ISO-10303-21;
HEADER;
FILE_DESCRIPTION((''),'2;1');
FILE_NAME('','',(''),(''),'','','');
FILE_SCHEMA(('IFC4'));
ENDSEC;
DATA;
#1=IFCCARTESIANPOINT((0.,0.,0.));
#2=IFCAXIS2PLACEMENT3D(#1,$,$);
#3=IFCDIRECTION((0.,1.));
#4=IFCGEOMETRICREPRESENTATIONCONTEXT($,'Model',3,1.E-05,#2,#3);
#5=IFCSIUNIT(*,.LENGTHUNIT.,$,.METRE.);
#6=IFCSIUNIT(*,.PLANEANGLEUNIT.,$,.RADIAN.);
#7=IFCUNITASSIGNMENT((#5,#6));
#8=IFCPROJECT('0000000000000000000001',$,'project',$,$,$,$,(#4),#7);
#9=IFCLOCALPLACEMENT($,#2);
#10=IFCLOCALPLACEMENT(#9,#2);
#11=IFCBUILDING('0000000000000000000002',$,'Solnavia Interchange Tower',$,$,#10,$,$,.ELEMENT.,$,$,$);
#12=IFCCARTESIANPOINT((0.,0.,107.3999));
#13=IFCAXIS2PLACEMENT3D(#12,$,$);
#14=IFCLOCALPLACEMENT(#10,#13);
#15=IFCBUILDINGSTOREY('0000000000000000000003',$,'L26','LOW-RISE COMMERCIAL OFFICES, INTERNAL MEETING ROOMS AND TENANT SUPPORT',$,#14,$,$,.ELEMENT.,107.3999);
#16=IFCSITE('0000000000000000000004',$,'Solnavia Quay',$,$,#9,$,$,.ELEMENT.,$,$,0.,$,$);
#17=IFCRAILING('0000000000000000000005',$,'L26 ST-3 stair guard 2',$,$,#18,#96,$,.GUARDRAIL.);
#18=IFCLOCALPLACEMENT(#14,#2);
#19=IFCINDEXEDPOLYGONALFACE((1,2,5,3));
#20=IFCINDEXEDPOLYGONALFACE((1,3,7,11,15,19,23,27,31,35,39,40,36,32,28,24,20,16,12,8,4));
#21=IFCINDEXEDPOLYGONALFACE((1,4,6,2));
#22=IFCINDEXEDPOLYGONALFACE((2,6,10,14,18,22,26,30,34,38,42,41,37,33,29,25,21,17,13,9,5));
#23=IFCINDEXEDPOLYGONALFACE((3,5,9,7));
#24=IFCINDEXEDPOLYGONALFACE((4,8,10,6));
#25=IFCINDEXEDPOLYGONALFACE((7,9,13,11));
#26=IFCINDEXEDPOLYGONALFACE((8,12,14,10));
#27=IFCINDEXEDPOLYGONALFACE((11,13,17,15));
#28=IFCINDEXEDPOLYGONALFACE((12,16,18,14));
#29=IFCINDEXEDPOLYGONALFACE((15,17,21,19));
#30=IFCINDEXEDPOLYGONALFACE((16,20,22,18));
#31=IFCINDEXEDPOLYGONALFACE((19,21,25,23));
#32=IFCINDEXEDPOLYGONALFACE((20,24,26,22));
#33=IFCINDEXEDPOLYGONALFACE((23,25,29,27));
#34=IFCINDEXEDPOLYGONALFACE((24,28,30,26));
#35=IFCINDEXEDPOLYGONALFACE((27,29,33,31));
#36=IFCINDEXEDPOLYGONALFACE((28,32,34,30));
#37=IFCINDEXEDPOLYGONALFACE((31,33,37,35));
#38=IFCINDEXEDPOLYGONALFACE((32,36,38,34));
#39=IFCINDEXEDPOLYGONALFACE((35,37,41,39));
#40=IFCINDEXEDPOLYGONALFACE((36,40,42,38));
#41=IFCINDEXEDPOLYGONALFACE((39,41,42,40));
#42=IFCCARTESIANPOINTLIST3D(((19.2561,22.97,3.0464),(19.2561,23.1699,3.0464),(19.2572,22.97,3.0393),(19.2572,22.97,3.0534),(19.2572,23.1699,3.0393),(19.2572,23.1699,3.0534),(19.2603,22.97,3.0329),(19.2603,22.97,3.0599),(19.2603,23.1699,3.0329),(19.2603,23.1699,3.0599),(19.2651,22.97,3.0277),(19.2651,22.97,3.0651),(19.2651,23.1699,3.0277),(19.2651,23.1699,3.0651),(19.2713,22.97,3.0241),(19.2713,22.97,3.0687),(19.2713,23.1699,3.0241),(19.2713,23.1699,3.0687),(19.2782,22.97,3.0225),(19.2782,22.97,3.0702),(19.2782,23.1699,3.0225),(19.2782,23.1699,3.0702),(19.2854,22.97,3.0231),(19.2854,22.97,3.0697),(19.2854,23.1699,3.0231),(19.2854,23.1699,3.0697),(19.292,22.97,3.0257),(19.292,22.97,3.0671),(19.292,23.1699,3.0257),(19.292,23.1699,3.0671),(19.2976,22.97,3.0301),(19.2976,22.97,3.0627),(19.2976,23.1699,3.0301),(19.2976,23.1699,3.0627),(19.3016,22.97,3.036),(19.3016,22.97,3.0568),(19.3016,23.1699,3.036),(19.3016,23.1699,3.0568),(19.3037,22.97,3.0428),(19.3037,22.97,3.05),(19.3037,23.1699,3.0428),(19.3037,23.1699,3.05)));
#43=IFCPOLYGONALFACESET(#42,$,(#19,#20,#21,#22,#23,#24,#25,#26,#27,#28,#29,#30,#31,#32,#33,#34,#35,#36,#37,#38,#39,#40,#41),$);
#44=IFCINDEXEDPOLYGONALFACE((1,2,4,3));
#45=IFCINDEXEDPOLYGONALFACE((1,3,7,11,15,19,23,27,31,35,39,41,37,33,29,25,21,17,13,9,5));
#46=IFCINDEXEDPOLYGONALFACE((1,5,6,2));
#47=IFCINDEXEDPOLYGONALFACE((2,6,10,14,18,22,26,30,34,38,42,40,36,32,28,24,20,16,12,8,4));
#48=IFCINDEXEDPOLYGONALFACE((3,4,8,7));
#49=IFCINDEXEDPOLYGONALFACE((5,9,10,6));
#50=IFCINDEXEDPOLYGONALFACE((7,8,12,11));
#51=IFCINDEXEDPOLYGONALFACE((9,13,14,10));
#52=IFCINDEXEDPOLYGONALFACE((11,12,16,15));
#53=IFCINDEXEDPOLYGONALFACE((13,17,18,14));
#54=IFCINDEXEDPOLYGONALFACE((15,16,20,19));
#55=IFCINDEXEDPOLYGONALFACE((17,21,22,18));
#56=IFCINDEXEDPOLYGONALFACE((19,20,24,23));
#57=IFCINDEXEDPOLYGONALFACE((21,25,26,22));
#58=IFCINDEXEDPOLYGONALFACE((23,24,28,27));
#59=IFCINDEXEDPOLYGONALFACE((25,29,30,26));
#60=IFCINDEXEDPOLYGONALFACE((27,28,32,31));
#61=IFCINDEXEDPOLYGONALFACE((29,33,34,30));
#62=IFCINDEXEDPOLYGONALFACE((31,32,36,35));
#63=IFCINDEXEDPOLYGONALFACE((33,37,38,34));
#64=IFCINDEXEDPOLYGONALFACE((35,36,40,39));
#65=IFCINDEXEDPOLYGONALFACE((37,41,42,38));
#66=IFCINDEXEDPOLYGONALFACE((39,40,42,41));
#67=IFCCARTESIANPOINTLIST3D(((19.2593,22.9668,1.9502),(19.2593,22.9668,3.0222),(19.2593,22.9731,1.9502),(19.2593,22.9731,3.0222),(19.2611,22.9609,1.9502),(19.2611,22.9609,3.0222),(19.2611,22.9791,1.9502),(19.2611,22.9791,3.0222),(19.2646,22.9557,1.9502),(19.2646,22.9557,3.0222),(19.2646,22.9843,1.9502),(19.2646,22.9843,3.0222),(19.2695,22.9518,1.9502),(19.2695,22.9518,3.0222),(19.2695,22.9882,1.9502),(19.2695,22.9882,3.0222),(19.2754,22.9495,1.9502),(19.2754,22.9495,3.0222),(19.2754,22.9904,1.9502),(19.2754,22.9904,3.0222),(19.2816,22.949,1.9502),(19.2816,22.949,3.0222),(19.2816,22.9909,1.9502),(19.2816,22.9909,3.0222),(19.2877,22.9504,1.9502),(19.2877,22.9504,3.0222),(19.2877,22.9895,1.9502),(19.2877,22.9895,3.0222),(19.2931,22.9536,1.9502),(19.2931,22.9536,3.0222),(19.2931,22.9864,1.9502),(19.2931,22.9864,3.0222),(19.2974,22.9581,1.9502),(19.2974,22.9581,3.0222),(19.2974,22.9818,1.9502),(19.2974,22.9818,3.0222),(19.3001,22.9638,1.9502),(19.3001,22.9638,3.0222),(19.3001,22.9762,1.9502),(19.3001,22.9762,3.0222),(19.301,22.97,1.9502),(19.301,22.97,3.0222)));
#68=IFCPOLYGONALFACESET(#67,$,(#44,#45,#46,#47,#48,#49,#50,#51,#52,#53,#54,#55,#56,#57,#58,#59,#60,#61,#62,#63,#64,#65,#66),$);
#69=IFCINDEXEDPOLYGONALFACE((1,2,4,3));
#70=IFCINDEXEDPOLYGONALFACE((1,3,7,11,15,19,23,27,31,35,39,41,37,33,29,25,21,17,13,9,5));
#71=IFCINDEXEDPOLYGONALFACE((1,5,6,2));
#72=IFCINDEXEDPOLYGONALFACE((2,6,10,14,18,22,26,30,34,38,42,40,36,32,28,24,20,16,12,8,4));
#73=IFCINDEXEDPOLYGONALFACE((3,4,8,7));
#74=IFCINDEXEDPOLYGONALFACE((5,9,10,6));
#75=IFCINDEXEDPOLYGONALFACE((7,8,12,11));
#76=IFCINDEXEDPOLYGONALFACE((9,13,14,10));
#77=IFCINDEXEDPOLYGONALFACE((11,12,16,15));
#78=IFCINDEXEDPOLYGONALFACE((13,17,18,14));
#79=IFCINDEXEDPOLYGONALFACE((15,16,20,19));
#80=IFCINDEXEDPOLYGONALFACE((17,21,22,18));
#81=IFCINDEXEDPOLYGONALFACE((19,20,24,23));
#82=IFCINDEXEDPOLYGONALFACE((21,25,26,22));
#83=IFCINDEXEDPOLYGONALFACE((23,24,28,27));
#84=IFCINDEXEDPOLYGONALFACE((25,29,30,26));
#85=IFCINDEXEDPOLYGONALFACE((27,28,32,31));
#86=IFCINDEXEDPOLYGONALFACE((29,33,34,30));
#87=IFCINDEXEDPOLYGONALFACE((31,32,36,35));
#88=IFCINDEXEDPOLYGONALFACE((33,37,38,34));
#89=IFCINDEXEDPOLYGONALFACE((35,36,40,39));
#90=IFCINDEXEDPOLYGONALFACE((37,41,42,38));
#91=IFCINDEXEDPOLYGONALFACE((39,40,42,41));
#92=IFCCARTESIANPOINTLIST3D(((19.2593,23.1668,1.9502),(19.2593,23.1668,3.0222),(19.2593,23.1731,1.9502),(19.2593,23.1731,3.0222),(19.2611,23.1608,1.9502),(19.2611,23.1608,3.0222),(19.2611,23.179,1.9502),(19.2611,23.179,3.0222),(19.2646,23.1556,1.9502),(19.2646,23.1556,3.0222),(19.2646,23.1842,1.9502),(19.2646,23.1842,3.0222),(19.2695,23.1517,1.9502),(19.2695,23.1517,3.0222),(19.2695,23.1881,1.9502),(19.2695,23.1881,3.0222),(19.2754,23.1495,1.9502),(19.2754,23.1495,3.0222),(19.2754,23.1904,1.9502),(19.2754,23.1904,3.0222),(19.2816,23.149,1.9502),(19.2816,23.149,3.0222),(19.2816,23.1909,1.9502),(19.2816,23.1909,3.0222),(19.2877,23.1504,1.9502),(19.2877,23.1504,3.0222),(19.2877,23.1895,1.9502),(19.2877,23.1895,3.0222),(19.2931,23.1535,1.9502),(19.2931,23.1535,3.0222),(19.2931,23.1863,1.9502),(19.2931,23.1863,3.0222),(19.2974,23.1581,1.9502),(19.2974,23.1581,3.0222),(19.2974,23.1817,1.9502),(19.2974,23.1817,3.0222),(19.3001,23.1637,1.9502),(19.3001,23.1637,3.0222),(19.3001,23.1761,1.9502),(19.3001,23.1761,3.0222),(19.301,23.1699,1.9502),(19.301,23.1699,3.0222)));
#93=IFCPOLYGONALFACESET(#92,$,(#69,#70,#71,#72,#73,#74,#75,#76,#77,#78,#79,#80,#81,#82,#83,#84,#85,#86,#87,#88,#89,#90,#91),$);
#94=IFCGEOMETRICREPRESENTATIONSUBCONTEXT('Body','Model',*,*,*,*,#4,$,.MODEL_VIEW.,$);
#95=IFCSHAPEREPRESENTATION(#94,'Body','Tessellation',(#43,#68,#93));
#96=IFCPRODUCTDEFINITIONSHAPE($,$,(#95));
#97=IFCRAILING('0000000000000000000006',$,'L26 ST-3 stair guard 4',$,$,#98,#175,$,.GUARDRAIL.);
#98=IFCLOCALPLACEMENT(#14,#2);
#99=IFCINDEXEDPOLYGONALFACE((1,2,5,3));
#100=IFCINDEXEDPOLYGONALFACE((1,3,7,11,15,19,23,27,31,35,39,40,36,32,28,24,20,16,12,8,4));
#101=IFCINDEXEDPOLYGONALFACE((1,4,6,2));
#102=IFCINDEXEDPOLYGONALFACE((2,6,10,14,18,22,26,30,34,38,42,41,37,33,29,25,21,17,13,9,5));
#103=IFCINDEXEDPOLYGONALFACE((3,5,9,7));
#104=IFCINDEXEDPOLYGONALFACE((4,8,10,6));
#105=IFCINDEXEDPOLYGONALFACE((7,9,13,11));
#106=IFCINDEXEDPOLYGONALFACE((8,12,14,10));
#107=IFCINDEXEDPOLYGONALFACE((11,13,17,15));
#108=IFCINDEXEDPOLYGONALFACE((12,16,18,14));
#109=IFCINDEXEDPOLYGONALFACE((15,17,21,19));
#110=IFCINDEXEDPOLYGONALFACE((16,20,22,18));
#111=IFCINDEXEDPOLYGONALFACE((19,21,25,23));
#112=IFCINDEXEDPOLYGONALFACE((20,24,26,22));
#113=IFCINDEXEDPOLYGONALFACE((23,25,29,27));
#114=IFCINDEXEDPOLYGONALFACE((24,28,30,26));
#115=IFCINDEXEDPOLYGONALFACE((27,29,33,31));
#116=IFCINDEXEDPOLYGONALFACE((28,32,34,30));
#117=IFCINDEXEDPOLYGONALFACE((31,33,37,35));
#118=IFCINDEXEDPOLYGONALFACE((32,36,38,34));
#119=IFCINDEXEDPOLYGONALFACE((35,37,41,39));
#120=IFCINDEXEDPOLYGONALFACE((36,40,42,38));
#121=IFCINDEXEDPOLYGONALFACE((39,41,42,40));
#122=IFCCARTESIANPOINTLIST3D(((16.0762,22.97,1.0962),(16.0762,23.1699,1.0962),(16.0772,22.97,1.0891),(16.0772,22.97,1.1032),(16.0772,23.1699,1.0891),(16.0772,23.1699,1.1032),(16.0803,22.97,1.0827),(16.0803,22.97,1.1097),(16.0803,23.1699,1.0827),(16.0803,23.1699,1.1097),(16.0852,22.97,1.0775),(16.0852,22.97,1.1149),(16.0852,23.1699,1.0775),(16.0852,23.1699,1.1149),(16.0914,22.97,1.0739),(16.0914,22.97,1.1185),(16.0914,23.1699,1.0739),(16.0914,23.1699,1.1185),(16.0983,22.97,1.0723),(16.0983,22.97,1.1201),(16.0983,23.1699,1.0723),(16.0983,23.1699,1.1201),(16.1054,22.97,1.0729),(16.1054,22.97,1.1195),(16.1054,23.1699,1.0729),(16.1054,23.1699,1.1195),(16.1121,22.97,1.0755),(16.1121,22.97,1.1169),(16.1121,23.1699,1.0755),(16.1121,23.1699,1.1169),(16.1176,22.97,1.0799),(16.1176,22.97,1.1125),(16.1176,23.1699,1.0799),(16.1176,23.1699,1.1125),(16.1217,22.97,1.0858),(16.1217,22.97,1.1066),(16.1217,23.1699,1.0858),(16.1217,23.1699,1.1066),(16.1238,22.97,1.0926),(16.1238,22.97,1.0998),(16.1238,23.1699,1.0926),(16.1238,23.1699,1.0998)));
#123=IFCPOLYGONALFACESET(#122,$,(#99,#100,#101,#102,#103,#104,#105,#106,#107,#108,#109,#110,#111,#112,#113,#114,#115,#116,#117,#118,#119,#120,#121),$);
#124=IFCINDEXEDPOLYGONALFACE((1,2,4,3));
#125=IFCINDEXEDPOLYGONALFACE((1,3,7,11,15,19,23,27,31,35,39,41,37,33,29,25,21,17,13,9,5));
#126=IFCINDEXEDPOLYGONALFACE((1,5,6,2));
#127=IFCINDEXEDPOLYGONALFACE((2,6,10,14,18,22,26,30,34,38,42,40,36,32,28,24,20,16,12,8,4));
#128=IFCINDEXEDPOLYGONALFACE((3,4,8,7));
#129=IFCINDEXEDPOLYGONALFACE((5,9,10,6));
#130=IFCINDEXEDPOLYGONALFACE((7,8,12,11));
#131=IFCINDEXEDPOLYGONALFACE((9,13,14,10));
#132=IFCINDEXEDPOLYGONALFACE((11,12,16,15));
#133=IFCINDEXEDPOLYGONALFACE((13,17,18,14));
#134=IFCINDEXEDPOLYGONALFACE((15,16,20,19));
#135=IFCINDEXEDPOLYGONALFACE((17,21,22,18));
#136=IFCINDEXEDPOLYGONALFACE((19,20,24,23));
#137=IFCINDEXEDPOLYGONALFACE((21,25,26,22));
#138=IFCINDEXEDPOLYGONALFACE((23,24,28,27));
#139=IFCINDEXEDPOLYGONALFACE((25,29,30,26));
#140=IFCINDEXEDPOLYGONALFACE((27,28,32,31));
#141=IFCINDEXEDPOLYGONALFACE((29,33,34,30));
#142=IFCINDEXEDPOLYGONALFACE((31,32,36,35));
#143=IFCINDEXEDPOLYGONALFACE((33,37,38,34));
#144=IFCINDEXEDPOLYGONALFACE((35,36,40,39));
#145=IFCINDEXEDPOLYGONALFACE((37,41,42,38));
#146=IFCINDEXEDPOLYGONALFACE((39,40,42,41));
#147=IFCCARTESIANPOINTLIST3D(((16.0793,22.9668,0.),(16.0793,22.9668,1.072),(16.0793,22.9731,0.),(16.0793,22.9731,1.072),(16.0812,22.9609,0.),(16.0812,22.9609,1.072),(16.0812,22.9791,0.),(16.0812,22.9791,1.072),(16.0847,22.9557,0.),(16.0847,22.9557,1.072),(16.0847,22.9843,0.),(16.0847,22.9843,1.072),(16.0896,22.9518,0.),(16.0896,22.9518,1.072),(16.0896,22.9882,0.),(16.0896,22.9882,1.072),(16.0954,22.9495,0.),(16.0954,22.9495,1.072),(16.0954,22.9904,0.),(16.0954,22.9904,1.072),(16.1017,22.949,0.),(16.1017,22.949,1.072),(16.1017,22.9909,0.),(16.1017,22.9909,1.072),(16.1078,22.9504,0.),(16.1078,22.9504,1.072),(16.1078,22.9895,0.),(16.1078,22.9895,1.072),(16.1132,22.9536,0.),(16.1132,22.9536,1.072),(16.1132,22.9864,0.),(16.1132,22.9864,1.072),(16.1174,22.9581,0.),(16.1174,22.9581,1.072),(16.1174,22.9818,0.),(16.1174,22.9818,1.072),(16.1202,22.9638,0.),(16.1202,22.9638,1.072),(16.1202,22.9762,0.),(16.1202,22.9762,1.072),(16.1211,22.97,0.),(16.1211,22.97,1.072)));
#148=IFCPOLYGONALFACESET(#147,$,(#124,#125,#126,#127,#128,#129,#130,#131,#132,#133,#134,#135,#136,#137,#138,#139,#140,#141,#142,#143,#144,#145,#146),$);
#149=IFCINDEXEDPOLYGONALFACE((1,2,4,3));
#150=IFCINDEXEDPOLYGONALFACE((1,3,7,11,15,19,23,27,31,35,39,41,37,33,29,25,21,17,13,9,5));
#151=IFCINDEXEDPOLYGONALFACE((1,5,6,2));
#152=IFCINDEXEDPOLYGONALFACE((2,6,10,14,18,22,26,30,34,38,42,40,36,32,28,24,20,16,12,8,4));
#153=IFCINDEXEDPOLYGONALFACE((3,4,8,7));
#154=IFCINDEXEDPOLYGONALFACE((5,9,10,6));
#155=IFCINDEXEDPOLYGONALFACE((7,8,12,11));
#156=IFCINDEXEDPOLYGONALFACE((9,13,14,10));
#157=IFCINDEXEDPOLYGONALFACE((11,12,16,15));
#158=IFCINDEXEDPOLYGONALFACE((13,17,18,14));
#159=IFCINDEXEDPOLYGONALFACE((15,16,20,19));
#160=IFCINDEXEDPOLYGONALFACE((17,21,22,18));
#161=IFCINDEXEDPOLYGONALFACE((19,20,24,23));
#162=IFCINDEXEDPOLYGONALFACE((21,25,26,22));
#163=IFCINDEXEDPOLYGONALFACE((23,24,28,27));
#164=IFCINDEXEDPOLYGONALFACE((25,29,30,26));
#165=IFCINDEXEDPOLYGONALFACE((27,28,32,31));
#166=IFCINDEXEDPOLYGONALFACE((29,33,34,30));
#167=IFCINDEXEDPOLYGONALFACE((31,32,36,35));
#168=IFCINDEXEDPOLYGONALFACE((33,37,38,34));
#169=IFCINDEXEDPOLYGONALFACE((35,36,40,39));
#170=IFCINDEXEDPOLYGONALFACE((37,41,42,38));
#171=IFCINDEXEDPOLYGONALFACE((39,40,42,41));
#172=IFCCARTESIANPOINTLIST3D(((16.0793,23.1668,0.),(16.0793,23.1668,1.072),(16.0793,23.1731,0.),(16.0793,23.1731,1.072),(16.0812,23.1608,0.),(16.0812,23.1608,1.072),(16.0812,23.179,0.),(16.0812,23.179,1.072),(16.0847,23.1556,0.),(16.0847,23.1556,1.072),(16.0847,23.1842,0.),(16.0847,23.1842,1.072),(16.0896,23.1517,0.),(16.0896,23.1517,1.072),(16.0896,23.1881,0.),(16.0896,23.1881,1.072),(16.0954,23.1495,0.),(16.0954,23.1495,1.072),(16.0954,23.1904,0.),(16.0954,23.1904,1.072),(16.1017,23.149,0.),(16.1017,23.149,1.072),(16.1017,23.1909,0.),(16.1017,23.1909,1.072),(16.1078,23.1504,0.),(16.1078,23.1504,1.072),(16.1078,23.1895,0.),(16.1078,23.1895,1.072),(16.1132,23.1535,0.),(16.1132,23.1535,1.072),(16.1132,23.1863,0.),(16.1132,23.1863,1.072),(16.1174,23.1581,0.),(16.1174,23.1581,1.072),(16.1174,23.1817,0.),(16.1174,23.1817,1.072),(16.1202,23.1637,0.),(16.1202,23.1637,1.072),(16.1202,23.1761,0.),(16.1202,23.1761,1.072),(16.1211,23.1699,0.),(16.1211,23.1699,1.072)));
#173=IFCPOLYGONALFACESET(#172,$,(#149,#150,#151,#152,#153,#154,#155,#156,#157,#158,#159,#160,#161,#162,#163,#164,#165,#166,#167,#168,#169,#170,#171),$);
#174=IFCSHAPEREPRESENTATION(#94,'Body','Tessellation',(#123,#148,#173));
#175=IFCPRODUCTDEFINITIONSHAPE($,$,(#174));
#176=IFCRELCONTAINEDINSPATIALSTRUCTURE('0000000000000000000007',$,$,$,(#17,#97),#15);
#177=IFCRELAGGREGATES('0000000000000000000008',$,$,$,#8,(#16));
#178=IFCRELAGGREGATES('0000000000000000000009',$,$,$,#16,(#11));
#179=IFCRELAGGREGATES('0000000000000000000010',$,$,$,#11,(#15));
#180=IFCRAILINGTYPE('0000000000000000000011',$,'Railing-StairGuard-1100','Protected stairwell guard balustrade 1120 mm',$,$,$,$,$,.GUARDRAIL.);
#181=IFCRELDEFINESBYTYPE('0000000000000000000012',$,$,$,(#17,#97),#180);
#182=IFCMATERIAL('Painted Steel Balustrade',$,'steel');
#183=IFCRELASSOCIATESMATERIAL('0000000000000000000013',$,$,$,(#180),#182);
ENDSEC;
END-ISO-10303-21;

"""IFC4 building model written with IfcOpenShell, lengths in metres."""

from ifc_helpers import new_model, si_unit, direction, frame, origin, origin_2d, place, context, subcontext, project, spatial, circle, extrude, material, type_object, element, save


model = new_model("IFC4")

# Units and contexts
model_context = context("Model", 3, precision=1e-05, world=origin(), true_north=direction((0.0, 1.0)))
body_context = subcontext(model_context, "Body", "Model", "MODEL_VIEW")
ifc_project = project(units=[si_unit("LENGTHUNIT", "METRE"), si_unit("PLANEANGLEUNIT", "RADIAN")], contexts=[model_context])

# Site, building, storey
site_placement = place(None, origin())
site = spatial("IfcSite", under=ifc_project, at=site_placement, Name="Solnavia Quay", CompositionType="ELEMENT", RefElevation=0.0)
building_placement = place(site_placement, origin())
building = spatial("IfcBuilding", under=site, at=building_placement, Name="Solnavia Interchange Tower", CompositionType="ELEMENT")
storey_placement = place(building_placement, frame((0.0, 0.0, 107.3999)))
storey = spatial("IfcBuildingStorey", under=building, at=storey_placement, Name="L26", Description="LOW-RISE COMMERCIAL OFFICES, INTERNAL MEETING ROOMS AND TENANT SUPPORT", CompositionType="ELEMENT", Elevation=107.3999)

# Railings
ifc_material_1 = material(Name="Painted Steel Balustrade", Category="steel")
railing_type_1 = type_object("IfcRailingType", Name="Railing-StairGuard-1100", Description="Protected stairwell guard balustrade 1120 mm", PredefinedType="GUARDRAIL", material=ifc_material_1)
for number, where, name in (
    (1, (19.28, 22.97, 1.9502), "L26 ST-3 stair guard 2"),
    (2, (16.1001, 22.97, 0.0), "L26 ST-3 stair guard 4"),
):
    element("IfcRailing", number, at=place(storey_placement, frame(where)), inside=storey, type_object=railing_type_1, Name=name, PredefinedType="GUARDRAIL", context=body_context, shape_type="SweptSolid", body=[
        extrude(circle(Radius=0.0239, at=origin_2d()), frame((0.0, 0.0, 1.0962), z_axis=(0.0, 1.0, 0.0), x_axis=(-1.0, 0.0, 0.0)), (0.0, 0.0, 1.0), 0.2),
        extrude(circle(Radius=0.021, at=origin_2d()), origin(), (0.0, 0.0, 1.0), 1.072),
        extrude(circle(Radius=0.021, at=origin_2d()), frame((0.0, 0.2, 0.0)), (0.0, 0.0, 1.0), 1.072),
    ])

save(model, "model.ifc")
